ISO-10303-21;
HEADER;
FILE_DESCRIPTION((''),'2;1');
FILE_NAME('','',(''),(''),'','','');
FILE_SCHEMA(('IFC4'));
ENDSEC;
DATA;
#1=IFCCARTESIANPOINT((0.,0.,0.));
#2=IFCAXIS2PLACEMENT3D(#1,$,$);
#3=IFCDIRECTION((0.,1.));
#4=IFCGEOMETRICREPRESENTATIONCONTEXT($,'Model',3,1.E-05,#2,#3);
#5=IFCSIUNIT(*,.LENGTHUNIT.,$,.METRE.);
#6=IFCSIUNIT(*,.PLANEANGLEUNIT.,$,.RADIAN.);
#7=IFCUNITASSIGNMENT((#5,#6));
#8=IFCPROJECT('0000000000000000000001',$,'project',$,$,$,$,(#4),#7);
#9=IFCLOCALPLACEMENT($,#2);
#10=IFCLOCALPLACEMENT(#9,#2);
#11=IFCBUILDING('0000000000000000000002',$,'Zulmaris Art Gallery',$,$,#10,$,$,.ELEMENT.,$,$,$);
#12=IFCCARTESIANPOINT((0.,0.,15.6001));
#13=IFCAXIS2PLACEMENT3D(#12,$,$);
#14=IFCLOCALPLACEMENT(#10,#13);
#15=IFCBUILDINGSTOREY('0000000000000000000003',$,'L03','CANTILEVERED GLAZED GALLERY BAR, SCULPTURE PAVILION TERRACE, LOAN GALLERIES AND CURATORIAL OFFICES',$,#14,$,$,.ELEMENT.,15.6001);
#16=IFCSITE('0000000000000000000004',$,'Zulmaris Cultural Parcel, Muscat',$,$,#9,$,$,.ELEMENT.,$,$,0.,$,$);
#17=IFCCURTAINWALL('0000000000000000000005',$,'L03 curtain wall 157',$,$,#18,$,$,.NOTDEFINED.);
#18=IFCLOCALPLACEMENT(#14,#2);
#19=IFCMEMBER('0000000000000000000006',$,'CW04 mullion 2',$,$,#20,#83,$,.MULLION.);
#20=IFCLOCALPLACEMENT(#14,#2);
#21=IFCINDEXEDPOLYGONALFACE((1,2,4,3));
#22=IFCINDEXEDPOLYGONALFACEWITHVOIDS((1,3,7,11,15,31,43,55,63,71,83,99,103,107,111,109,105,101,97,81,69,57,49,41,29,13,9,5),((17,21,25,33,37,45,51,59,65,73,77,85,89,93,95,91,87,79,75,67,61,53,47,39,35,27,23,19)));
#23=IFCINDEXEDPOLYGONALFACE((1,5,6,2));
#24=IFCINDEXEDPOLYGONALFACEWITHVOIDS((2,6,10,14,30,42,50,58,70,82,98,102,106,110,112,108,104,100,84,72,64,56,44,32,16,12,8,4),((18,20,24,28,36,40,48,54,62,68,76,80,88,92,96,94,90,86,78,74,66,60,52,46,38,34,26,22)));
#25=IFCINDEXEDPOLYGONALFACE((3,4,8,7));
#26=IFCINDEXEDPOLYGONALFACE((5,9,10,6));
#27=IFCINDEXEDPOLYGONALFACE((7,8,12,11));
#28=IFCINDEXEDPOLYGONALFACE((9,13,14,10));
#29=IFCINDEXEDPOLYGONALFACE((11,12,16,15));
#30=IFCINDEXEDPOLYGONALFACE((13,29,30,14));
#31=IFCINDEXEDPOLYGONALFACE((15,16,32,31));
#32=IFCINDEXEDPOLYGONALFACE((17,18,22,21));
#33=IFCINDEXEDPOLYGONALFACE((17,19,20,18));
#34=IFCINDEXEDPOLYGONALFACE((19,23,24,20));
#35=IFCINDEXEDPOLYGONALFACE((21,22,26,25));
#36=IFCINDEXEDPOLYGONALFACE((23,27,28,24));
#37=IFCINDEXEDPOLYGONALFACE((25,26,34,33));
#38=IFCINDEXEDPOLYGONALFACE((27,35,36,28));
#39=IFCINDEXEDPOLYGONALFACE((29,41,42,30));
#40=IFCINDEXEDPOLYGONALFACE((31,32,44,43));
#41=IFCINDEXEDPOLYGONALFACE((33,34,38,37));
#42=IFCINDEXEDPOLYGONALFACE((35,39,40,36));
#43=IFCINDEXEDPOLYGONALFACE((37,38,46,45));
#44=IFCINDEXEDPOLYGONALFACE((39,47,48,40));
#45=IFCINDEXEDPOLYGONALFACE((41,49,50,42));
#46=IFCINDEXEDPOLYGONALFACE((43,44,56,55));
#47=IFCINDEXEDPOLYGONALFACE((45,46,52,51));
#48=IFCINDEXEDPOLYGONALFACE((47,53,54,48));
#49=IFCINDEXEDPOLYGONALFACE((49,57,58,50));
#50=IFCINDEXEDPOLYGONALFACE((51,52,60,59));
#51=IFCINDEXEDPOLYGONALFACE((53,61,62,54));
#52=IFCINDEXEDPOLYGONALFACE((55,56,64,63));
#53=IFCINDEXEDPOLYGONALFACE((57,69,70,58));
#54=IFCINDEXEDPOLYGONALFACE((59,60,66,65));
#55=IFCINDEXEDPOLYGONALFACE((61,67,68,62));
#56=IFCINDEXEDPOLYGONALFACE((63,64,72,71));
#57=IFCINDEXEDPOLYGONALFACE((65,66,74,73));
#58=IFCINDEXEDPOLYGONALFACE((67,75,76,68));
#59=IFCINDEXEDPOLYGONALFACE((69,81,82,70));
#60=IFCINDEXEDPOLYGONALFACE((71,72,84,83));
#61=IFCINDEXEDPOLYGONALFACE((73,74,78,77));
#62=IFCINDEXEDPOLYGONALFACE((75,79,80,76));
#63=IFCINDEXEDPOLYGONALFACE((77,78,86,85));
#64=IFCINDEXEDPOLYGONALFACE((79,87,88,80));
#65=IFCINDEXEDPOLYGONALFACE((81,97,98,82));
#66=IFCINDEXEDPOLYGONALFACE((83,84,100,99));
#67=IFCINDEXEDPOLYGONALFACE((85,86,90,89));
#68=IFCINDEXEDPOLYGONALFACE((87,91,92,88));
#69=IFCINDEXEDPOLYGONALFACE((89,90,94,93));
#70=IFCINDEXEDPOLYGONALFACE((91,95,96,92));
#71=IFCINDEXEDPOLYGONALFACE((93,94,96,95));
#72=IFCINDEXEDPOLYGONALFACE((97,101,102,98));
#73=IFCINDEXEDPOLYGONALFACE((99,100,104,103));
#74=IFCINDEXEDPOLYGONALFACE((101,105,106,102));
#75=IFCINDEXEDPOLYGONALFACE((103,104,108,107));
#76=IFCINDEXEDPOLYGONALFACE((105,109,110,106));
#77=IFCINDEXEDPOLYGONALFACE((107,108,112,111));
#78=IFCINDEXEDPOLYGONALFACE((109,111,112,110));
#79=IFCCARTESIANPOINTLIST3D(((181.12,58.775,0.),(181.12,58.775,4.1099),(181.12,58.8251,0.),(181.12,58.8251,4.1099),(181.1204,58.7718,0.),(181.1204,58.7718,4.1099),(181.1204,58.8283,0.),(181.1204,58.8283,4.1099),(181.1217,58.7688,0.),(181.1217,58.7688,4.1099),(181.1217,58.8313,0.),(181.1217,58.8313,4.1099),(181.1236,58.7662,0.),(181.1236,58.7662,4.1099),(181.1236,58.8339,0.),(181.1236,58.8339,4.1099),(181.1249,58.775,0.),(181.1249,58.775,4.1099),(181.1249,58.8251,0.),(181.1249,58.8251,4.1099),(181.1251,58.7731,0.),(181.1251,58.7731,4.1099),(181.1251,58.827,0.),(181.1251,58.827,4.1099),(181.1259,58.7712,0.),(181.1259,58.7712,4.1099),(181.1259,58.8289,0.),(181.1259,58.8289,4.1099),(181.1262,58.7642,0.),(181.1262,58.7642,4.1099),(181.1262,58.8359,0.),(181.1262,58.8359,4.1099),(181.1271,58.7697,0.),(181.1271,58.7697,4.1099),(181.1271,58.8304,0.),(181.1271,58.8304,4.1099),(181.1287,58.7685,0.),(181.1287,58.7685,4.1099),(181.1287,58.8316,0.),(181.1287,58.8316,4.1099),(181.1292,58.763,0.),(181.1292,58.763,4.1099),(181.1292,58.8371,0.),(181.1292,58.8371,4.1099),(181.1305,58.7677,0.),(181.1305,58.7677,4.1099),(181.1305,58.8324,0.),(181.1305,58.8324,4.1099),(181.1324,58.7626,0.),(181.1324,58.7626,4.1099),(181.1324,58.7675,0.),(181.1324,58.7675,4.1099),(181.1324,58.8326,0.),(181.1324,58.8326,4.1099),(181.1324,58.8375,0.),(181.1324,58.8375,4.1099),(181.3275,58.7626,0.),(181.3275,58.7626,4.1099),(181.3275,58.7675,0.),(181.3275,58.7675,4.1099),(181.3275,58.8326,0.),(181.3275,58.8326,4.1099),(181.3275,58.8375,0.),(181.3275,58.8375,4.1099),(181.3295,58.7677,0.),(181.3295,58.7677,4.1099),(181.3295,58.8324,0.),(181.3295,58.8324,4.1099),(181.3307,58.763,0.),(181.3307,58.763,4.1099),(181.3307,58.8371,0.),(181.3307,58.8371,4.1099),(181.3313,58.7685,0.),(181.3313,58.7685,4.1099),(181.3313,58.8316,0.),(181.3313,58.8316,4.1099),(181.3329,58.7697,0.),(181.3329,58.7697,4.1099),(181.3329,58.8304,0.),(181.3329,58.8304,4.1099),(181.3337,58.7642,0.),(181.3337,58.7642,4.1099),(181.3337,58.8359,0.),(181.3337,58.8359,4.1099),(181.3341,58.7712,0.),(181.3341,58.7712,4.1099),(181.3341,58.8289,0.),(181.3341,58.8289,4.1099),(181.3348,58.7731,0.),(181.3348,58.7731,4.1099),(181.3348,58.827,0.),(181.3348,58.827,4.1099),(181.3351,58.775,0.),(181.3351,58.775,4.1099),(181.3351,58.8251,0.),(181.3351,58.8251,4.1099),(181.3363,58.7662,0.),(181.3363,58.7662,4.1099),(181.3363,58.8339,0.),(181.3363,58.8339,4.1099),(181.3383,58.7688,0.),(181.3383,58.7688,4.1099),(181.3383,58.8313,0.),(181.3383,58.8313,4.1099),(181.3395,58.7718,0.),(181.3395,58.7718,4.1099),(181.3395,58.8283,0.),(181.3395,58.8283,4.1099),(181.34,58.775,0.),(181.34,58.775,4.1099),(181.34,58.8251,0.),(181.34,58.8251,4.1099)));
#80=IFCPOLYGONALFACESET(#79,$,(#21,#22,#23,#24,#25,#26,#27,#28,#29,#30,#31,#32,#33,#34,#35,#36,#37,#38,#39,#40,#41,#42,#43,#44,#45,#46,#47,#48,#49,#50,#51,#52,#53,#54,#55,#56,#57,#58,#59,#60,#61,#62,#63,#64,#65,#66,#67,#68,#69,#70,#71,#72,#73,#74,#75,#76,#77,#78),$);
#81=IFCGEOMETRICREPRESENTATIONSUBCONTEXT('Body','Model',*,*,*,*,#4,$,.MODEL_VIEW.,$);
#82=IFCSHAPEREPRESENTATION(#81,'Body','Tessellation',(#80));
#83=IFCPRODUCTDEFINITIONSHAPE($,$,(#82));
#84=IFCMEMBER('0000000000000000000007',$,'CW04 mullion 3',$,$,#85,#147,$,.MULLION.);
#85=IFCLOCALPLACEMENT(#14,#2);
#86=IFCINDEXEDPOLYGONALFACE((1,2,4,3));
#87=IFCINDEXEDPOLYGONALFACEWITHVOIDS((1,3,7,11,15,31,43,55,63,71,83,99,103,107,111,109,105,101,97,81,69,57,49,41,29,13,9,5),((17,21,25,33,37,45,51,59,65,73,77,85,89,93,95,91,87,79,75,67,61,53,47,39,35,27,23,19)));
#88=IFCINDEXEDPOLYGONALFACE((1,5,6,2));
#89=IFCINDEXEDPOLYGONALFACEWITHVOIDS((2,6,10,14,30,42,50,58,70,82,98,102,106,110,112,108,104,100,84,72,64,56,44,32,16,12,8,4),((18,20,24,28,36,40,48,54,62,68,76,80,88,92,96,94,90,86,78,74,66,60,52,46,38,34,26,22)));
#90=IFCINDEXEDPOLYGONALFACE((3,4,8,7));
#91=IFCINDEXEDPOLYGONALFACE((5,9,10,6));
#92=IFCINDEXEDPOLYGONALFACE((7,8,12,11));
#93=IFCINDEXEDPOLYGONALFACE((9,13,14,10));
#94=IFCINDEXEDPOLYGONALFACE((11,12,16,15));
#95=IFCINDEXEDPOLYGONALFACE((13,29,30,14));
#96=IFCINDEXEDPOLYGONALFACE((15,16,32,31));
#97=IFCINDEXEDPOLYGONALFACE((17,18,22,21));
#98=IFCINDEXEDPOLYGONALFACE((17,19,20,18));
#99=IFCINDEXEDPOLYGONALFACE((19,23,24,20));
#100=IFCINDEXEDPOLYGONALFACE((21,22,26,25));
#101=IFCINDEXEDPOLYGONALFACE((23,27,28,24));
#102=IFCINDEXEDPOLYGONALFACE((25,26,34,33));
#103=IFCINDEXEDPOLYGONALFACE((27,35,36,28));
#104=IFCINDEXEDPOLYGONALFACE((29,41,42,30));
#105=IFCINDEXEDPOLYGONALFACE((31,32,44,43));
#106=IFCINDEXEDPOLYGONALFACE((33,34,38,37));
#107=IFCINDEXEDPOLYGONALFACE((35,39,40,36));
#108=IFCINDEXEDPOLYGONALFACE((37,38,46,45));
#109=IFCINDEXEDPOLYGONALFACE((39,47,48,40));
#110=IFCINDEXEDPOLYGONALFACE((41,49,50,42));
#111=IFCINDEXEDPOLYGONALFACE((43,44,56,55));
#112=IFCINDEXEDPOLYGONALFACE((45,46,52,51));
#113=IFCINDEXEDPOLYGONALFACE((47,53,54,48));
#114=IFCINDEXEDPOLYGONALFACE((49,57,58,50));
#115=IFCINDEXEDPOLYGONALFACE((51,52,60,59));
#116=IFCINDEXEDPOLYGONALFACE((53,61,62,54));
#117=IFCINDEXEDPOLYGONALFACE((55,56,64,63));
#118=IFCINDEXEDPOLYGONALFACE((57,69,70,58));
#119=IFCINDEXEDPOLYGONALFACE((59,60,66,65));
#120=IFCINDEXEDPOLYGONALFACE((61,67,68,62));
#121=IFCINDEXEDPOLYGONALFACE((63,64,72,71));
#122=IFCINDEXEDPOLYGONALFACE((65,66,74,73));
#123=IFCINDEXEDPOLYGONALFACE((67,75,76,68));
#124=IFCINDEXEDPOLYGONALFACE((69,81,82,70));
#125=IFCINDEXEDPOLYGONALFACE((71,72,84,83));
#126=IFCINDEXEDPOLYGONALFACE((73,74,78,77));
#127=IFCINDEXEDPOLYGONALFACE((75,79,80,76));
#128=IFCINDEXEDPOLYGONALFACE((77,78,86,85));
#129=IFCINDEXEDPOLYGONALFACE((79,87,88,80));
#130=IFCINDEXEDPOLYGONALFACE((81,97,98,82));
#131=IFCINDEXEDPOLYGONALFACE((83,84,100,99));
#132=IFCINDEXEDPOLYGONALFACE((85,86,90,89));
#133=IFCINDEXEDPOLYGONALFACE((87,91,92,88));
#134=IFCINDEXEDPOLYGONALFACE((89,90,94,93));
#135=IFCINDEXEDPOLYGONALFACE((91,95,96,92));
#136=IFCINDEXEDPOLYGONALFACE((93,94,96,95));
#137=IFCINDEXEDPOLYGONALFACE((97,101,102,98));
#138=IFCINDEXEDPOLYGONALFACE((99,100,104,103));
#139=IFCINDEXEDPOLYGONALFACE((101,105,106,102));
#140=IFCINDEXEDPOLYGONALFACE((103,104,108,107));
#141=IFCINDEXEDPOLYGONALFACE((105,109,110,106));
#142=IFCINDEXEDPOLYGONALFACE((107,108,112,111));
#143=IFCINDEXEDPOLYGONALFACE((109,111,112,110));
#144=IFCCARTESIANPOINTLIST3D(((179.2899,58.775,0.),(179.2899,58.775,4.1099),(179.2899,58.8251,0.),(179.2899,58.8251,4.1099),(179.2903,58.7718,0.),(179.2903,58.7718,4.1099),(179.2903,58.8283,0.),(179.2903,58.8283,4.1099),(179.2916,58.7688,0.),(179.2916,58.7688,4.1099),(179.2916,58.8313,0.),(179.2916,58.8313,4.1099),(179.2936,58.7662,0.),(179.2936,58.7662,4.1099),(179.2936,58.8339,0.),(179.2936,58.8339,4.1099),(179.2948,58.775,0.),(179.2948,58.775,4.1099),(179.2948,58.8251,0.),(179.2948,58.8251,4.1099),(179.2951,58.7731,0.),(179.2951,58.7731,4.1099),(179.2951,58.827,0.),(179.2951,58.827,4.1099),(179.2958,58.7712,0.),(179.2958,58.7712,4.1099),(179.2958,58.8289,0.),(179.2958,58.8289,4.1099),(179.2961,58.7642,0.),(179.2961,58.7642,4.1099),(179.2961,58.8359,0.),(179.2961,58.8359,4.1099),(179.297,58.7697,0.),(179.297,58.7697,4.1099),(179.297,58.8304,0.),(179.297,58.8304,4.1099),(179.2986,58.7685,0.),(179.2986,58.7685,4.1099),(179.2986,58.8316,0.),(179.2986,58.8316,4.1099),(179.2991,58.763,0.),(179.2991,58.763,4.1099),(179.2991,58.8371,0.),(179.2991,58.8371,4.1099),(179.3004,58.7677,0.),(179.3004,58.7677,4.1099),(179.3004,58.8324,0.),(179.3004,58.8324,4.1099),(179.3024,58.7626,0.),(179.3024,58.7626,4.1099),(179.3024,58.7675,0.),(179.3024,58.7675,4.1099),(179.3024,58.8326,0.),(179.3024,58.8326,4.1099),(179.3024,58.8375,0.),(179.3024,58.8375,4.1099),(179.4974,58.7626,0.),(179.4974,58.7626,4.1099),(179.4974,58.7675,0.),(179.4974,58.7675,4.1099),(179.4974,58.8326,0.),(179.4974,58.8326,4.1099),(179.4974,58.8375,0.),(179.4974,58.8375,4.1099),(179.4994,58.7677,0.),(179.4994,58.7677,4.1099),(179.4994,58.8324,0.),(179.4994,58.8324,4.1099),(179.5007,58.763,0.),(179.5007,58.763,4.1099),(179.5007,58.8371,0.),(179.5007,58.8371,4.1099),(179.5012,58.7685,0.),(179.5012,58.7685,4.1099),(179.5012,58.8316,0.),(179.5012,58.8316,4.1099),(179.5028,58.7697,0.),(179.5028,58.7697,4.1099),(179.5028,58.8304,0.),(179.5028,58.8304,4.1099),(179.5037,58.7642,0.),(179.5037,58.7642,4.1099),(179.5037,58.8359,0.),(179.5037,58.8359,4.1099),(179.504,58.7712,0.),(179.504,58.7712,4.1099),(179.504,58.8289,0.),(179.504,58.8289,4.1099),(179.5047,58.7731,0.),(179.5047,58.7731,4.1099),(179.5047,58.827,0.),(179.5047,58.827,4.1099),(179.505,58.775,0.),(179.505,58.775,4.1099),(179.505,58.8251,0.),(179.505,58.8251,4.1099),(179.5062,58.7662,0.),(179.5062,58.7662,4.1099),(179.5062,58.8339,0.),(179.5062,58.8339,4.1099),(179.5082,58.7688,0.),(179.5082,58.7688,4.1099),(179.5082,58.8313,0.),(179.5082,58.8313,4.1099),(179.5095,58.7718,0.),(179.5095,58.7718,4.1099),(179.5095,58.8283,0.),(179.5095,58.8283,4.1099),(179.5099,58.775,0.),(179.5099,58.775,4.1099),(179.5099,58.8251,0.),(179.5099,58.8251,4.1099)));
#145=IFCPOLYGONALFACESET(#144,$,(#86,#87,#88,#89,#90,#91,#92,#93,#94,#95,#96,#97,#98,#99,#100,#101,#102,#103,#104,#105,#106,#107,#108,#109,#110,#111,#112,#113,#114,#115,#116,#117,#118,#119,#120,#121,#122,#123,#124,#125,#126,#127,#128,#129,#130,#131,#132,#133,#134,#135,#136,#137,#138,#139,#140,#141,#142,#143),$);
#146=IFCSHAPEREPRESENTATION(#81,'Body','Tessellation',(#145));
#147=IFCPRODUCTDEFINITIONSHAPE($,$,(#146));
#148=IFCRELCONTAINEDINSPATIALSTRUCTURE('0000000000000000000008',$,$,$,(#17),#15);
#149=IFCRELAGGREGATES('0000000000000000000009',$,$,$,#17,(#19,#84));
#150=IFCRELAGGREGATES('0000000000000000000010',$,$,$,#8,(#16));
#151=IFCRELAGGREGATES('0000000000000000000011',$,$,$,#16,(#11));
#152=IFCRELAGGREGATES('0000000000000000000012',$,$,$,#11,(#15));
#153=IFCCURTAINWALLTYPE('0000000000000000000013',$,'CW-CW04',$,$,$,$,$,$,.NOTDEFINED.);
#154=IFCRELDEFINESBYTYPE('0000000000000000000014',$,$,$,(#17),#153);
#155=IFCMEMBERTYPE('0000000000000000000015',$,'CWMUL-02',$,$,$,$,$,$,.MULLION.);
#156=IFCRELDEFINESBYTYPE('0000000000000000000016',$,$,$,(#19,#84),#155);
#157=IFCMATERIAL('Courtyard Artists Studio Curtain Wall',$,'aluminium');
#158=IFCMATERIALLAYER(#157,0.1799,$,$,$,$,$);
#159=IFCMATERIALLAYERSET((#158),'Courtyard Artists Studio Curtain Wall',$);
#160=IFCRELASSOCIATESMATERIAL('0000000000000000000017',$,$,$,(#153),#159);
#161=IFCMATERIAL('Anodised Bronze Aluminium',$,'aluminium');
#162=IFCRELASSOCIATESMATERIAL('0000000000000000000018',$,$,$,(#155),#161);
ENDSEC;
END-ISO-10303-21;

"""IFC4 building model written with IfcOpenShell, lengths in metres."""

from ifc_helpers import new_model, si_unit, direction, frame, origin, origin_2d, place, context, subcontext, project, spatial, hollow_rectangle, extrude, material, layer, layer_set, material_profile, profile_set, type_object, element, aggregate, save


model = new_model("IFC4")

# Units and contexts
model_context = context("Model", 3, precision=1e-05, world=origin(), true_north=direction((0.0, 1.0)))
body_context = subcontext(model_context, "Body", "Model", "MODEL_VIEW")
ifc_project = project(units=[si_unit("LENGTHUNIT", "METRE"), si_unit("PLANEANGLEUNIT", "RADIAN")], contexts=[model_context])

# Site, building, storey
site_placement = place(None, origin())
site = spatial("IfcSite", under=ifc_project, at=site_placement, Name="Zulmaris Cultural Parcel, Muscat", CompositionType="ELEMENT", RefElevation=0.0)
building_placement = place(site_placement, origin())
building = spatial("IfcBuilding", under=site, at=building_placement, Name="Zulmaris Art Gallery", CompositionType="ELEMENT")
storey_placement = place(building_placement, frame((0.0, 0.0, 15.6001)))
storey = spatial("IfcBuildingStorey", under=building, at=storey_placement, Name="L03", Description="CANTILEVERED GLAZED GALLERY BAR, SCULPTURE PAVILION TERRACE, LOAN GALLERIES AND CURATORIAL OFFICES", CompositionType="ELEMENT", Elevation=15.6001)

# Curtain wall, members
ifc_material_1 = material(Name="Courtyard Artists Studio Curtain Wall", Category="aluminium")
ifc_layer_1 = layer(ifc_material_1, 0.1799)
ifc_layer_set_1 = layer_set([ifc_layer_1], Name="Courtyard Artists Studio Curtain Wall")
curtain_wall_type = type_object("IfcCurtainWallType", Name="CW-CW04", PredefinedType="NOTDEFINED", material=ifc_layer_set_1)
curtain_wall_placement = place(storey_placement, origin())
curtain_wall = element("IfcCurtainWall", 1, at=curtain_wall_placement, inside=storey, type_object=curtain_wall_type, Name="L03 curtain wall 157", PredefinedType="NOTDEFINED")
ifc_material_2 = material(Name="Anodised Bronze Aluminium", Category="aluminium")
ifc_material_profile_1 = material_profile(ifc_material_2, hollow_rectangle(XDim=0.075, YDim=0.22, WallThickness=0.0049, InnerFilletRadius=0.0076, OuterFilletRadius=0.0125, at=origin_2d()), Name="ALU 75x220x5")
ifc_profile_set_1 = profile_set([ifc_material_profile_1], Name="Anodised Bronze Aluminium")
member_type_1 = type_object("IfcMemberType", Name="CWMUL-02", PredefinedType="MULLION", material=ifc_profile_set_1)
member_1_placement = place(storey_placement, frame((181.23, 58.8, 0.0), z_axis=(0.0, 0.0, 1.0), x_axis=(0.0, -1.0, 0.0)))
member_1 = element("IfcMember", 2, at=member_1_placement, type_object=member_type_1, Name="CW04 mullion 2", PredefinedType="MULLION", context=body_context, shape_type="SweptSolid", body=[
    extrude(hollow_rectangle(XDim=0.075, YDim=0.22, WallThickness=0.0049, InnerFilletRadius=0.0076, OuterFilletRadius=0.0125, at=origin_2d()), origin(), (0.0, 0.0, 1.0), 4.1099),
])
member_2_placement = place(storey_placement, frame((179.3999, 58.8, 0.0), z_axis=(0.0, 0.0, 1.0), x_axis=(0.0, -1.0, 0.0)))
member_2 = element("IfcMember", 3, at=member_2_placement, type_object=member_type_1, Name="CW04 mullion 3", PredefinedType="MULLION", context=body_context, shape_type="SweptSolid", body=[
    extrude(hollow_rectangle(XDim=0.075, YDim=0.22, WallThickness=0.0049, InnerFilletRadius=0.0076, OuterFilletRadius=0.0125, at=origin_2d()), origin(), (0.0, 0.0, 1.0), 4.1099),
])
aggregate(curtain_wall, [member_1, member_2])

save(model, "model.ifc")
